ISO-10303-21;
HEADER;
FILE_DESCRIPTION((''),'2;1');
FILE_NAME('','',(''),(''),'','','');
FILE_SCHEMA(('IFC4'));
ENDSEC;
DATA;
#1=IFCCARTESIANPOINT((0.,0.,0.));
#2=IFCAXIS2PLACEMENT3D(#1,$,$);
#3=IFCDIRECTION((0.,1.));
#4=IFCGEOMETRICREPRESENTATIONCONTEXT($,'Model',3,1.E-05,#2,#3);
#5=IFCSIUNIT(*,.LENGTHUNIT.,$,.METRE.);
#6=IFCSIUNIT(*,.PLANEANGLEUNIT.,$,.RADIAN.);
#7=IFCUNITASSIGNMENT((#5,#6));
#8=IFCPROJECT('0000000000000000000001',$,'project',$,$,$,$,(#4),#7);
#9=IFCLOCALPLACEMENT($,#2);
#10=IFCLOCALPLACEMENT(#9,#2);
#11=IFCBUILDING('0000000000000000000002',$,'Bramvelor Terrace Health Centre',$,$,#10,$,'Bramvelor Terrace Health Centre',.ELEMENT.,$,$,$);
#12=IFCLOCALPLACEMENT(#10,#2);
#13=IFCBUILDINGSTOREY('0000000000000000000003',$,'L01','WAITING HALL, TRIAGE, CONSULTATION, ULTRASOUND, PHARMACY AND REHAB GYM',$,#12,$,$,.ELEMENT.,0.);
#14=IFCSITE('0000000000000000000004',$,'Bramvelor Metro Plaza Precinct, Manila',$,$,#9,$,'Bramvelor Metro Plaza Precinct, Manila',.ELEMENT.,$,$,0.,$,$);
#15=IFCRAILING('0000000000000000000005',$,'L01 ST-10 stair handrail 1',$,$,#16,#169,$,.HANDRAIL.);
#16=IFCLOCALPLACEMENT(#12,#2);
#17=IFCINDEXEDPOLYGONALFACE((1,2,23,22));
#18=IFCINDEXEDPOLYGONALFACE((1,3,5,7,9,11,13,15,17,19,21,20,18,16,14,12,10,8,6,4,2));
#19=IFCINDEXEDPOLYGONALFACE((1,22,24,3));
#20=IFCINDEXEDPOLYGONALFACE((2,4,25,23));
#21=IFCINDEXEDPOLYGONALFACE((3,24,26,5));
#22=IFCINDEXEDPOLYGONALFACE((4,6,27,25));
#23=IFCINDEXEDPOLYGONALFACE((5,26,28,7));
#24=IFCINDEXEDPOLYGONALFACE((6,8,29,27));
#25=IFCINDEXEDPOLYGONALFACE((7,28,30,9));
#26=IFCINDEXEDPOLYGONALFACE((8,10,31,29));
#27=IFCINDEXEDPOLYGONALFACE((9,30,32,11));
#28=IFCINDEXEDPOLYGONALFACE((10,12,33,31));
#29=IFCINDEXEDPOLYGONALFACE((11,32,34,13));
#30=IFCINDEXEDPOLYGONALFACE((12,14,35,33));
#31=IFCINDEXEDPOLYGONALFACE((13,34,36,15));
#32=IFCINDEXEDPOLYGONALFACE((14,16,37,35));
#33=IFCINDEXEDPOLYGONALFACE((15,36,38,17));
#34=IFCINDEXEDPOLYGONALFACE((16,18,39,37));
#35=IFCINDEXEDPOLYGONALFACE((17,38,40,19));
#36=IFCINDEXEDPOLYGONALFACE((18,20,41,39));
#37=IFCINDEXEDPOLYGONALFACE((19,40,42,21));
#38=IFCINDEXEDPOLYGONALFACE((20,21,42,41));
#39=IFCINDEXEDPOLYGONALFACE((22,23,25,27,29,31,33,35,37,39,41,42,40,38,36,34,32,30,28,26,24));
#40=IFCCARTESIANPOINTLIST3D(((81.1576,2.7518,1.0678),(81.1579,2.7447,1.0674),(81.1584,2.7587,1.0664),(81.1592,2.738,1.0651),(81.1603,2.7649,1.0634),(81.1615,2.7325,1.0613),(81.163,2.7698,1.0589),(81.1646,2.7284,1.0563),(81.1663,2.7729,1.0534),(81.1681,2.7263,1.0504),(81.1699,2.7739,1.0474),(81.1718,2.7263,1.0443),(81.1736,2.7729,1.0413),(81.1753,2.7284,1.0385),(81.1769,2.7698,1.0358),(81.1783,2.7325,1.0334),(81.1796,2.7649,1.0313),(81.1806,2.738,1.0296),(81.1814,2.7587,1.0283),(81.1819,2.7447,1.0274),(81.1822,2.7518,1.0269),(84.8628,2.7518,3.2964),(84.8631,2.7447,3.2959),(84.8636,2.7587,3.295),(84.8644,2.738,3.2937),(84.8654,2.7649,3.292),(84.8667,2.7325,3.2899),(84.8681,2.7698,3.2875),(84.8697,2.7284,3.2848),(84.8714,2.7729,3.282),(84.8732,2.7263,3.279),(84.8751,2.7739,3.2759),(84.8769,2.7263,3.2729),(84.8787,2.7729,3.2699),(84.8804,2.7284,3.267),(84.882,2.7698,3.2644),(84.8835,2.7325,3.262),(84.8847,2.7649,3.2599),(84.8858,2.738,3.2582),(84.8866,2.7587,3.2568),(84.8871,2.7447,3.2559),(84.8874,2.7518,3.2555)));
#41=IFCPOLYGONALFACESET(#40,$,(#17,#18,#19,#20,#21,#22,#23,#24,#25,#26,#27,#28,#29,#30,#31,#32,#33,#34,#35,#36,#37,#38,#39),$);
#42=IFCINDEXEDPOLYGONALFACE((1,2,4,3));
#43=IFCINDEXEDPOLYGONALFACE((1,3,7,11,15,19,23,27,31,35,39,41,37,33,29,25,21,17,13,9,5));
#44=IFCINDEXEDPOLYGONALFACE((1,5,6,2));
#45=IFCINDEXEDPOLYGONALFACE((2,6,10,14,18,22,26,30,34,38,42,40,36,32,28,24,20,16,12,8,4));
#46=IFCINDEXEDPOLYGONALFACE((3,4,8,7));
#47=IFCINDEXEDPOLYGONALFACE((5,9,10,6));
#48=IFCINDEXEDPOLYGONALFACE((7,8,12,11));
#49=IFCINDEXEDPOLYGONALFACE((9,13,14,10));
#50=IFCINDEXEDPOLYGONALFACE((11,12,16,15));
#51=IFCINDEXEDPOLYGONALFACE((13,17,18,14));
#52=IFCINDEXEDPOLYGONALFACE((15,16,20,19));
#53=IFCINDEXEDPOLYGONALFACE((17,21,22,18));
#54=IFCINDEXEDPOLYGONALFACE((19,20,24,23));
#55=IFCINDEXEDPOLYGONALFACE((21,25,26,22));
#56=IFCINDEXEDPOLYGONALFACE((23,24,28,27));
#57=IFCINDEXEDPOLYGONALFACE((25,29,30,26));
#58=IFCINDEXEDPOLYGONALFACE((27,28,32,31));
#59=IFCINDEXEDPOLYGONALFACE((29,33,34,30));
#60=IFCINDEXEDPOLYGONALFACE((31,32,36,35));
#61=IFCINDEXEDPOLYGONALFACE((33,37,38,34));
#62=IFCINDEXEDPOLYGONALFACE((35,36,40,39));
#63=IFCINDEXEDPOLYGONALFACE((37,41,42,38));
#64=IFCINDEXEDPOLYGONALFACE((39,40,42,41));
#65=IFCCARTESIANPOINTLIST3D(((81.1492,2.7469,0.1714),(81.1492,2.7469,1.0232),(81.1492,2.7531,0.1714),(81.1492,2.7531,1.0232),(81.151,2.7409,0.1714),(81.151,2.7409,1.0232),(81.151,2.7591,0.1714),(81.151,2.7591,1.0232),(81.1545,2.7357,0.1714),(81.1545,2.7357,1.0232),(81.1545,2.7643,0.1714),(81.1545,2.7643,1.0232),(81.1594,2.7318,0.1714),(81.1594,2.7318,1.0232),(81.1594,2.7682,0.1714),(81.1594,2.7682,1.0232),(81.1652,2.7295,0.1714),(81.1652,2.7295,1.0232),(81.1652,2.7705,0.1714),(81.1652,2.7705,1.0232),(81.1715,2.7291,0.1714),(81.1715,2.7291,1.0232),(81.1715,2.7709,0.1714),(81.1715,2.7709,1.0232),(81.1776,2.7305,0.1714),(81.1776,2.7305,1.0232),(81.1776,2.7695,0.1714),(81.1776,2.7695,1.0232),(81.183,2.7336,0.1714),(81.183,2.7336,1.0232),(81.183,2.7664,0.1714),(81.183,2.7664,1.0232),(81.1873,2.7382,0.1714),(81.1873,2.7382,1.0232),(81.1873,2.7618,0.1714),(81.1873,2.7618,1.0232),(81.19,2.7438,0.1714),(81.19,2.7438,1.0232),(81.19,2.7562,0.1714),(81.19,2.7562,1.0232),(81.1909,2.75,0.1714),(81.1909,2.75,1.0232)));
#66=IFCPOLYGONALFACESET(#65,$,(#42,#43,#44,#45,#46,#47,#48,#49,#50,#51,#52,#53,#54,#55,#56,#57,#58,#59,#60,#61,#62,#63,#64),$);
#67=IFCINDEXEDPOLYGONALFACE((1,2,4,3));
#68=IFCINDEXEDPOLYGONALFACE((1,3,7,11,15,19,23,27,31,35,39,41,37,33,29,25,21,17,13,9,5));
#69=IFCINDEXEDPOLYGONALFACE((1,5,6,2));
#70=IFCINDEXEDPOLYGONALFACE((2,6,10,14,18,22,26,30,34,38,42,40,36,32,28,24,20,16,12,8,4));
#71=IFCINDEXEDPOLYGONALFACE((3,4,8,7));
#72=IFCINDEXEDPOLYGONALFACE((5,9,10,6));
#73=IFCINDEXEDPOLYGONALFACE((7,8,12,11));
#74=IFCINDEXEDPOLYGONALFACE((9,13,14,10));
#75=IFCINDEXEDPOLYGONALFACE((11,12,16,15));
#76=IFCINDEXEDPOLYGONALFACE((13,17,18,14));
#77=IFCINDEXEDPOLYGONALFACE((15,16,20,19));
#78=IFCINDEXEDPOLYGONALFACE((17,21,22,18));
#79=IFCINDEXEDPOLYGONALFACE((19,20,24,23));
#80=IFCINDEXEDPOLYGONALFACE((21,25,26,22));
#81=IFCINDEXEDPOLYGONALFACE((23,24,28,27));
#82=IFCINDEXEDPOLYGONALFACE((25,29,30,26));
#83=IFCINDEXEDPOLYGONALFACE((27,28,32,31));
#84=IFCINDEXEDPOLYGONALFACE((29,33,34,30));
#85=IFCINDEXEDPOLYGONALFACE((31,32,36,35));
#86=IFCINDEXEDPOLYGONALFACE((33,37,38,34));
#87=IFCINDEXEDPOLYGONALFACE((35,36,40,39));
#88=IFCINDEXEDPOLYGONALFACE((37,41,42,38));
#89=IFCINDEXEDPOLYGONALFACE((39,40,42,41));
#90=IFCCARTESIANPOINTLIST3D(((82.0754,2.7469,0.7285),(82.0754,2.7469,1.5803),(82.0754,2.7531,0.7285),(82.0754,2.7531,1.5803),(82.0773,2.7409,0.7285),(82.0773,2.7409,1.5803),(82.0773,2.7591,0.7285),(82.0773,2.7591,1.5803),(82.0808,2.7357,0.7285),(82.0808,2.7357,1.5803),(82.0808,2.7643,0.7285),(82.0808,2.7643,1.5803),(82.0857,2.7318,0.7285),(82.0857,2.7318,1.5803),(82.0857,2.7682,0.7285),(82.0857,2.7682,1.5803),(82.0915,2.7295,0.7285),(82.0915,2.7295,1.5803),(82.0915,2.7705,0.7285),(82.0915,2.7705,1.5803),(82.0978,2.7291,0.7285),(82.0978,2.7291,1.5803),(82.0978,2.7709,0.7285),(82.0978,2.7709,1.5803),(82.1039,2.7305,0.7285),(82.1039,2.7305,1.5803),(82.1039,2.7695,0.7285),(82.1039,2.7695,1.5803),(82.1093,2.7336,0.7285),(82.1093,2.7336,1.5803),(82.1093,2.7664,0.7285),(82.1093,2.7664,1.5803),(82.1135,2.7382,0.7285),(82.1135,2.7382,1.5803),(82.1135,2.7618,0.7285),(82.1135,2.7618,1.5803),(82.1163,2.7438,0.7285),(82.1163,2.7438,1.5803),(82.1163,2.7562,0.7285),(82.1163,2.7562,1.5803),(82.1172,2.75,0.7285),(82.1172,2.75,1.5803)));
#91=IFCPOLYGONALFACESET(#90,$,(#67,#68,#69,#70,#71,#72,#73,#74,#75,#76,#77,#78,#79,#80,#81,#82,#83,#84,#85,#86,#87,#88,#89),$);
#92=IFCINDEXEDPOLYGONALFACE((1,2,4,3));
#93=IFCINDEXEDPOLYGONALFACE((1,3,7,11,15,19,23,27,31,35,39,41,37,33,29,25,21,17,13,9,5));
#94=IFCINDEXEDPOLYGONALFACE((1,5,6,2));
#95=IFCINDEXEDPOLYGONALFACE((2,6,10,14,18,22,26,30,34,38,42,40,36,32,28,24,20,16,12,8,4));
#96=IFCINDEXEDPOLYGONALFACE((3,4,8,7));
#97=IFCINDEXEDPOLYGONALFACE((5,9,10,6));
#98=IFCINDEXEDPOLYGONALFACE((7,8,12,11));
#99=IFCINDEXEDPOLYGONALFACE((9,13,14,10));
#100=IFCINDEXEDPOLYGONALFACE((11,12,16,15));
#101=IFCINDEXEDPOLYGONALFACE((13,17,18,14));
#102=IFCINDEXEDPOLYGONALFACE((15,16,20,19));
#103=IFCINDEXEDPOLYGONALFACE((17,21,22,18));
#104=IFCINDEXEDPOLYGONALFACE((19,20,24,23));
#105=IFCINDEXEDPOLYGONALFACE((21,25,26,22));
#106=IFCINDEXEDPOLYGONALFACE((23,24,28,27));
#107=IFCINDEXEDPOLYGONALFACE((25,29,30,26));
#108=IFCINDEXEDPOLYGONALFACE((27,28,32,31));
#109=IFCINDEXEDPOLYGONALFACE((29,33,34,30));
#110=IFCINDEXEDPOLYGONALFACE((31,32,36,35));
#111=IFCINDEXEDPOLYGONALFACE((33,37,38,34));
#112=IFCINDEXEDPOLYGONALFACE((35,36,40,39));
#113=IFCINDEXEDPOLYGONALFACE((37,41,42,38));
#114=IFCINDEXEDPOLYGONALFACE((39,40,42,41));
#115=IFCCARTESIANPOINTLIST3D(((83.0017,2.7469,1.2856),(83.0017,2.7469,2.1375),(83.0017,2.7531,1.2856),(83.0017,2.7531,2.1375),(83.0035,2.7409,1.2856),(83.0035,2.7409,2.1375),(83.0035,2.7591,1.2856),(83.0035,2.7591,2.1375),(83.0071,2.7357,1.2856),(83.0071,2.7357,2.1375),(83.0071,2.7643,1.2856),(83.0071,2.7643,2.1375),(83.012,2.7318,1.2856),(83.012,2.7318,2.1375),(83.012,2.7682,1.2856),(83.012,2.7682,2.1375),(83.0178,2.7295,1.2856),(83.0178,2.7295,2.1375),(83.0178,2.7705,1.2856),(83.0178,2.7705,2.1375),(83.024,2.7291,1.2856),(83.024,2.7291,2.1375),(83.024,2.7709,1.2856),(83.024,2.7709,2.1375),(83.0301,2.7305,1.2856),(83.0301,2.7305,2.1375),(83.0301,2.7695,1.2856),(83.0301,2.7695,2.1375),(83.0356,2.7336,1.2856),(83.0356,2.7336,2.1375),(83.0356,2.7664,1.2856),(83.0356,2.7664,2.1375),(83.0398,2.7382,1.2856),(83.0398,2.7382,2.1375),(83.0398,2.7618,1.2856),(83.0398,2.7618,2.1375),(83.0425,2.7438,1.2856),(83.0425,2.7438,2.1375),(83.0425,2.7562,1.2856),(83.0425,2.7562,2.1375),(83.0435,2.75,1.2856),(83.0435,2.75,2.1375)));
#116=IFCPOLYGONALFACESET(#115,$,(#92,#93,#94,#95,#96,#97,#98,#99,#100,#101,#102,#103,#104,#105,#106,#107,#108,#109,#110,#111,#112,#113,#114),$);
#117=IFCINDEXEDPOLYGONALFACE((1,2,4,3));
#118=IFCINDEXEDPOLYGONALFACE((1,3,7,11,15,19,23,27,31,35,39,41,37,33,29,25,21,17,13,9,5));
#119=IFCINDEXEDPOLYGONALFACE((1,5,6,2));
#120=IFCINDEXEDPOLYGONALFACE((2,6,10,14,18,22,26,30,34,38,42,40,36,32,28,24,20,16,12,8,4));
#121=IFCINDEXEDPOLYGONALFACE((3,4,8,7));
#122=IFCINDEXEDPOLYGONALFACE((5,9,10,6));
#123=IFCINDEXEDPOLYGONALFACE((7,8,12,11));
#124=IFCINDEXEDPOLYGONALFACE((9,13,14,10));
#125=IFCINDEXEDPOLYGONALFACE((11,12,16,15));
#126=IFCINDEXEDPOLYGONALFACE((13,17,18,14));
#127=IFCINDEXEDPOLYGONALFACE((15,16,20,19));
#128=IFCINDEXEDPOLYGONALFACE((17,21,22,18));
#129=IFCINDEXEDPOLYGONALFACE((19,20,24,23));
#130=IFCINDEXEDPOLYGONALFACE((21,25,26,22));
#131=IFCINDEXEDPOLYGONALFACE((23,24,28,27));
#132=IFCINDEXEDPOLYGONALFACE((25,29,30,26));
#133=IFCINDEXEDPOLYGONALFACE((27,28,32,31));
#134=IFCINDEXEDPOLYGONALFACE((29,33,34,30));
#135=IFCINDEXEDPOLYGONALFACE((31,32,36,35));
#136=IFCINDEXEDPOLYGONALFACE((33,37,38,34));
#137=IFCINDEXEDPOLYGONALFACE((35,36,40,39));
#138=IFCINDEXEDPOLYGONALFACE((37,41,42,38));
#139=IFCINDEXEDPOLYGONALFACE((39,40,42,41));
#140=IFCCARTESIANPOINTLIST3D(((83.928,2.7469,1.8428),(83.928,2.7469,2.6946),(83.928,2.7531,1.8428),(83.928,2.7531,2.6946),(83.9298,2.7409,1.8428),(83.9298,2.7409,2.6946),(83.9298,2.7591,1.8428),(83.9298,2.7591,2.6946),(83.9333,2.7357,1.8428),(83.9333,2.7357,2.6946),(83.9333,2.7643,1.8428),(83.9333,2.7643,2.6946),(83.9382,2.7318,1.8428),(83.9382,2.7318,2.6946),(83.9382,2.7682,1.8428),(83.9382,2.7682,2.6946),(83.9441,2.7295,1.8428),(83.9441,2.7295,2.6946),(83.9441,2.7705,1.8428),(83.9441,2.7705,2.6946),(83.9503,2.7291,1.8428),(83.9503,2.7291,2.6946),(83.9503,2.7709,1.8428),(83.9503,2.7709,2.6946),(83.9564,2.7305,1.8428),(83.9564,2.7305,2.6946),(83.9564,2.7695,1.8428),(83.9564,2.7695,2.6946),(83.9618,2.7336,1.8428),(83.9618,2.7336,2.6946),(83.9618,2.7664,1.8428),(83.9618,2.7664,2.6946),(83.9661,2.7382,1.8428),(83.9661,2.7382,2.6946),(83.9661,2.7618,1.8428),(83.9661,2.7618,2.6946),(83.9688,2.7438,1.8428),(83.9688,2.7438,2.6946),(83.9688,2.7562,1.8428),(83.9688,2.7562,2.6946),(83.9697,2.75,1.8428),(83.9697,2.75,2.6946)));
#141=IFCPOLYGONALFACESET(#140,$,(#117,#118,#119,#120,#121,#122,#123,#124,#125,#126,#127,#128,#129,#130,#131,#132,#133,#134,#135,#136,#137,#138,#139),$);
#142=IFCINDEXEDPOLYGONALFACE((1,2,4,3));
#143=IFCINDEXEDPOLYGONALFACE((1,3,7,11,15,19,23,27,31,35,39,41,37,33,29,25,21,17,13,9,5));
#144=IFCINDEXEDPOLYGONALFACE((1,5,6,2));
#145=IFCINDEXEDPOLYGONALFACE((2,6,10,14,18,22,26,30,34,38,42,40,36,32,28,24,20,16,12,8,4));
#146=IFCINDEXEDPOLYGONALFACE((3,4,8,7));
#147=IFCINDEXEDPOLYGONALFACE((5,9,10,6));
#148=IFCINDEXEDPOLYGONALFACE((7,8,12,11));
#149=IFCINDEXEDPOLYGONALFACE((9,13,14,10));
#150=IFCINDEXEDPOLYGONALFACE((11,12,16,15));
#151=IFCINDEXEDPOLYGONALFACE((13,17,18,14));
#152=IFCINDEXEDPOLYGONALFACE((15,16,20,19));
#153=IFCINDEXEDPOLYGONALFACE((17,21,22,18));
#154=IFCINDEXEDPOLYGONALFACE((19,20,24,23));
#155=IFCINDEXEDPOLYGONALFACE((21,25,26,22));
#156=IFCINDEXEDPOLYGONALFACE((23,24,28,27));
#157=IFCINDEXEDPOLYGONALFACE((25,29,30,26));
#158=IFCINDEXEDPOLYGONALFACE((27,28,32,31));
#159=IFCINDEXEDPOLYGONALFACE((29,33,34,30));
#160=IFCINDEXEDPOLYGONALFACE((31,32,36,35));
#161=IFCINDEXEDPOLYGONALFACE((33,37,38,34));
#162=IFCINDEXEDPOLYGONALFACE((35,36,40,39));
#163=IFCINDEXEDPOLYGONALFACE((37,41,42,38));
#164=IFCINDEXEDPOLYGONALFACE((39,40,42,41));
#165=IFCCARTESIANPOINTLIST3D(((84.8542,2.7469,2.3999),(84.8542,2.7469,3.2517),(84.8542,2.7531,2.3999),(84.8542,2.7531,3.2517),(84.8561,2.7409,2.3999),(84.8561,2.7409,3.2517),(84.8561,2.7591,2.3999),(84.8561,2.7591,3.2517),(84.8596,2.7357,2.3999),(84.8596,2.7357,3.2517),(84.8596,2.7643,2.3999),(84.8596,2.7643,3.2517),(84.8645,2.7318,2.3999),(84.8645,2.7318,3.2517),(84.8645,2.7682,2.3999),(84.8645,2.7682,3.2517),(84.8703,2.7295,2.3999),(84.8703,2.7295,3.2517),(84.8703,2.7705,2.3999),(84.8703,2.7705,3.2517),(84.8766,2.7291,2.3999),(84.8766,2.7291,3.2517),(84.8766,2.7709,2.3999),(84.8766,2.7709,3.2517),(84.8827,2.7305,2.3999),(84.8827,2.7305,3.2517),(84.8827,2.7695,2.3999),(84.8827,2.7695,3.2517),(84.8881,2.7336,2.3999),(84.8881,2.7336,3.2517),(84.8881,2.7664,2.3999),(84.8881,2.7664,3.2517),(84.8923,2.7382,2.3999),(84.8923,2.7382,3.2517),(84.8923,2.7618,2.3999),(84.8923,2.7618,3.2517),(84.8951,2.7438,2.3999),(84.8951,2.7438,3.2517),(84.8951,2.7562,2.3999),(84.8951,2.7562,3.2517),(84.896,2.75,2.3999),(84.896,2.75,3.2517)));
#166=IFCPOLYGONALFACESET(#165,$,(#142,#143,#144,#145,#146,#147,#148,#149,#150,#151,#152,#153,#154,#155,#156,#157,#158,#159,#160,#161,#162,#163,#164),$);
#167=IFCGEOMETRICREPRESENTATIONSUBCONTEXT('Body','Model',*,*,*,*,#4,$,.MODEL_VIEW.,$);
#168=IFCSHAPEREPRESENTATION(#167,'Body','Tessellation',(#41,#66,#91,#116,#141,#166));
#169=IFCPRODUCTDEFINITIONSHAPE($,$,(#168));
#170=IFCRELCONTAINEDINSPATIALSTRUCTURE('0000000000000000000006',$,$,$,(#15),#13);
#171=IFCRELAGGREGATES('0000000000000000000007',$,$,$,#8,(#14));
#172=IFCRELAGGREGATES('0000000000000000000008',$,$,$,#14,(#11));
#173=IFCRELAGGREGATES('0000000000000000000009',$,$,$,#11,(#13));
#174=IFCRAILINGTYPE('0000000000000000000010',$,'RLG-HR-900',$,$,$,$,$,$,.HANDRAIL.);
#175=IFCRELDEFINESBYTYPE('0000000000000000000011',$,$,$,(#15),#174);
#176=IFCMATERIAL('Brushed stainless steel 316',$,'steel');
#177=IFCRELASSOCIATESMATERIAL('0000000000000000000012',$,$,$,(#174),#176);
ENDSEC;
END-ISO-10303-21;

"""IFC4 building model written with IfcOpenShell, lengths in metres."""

from ifc_helpers import new_model, si_unit, direction, frame, origin, origin_2d, place, context, subcontext, project, spatial, circle, extrude, material, type_object, element, save


model = new_model("IFC4")

# Units and contexts
model_context = context("Model", 3, precision=1e-05, world=origin(), true_north=direction((0.0, 1.0)))
body_context = subcontext(model_context, "Body", "Model", "MODEL_VIEW")
ifc_project = project(units=[si_unit("LENGTHUNIT", "METRE"), si_unit("PLANEANGLEUNIT", "RADIAN")], contexts=[model_context])

# Site, building, storey
site_placement = place(None, origin())
site = spatial("IfcSite", under=ifc_project, at=site_placement, Name="Bramvelor Metro Plaza Precinct, Manila", LongName="Bramvelor Metro Plaza Precinct, Manila", CompositionType="ELEMENT", RefElevation=0.0)
building_placement = place(site_placement, origin())
building = spatial("IfcBuilding", under=site, at=building_placement, Name="Bramvelor Terrace Health Centre", LongName="Bramvelor Terrace Health Centre", CompositionType="ELEMENT")
storey_placement = place(building_placement, origin())
storey = spatial("IfcBuildingStorey", under=building, at=storey_placement, Name="L01", Description="WAITING HALL, TRIAGE, CONSULTATION, ULTRASOUND, PHARMACY AND REHAB GYM", CompositionType="ELEMENT", Elevation=0.0)

# Railing
ifc_material_1 = material(Name="Brushed stainless steel 316", Category="steel")
railing_type_1 = type_object("IfcRailingType", Name="RLG-HR-900", PredefinedType="HANDRAIL", material=ifc_material_1)
railing_1_placement = place(storey_placement, frame((81.1699, 2.75, 0.1714)))
element("IfcRailing", 1, at=railing_1_placement, inside=storey, type_object=railing_type_1, Name="L01 ST-10 stair handrail 1", PredefinedType="HANDRAIL", context=body_context, shape_type="SweptSolid", body=[
    extrude(circle(Radius=0.0239, at=origin_2d()), frame((0.0, 0.0, 0.876), z_axis=(0.856934, 0.0, 0.515425), x_axis=(0.0, 1.0, 0.0)), (0.0, 0.0, 1.0), 4.3237),
    extrude(circle(Radius=0.021, at=origin_2d()), origin(), (0.0, 0.0, 1.0), 0.8518),
    extrude(circle(Radius=0.021, at=origin_2d()), frame((0.9263, 0.0, 0.5571)), (0.0, 0.0, 1.0), 0.8518),
    extrude(circle(Radius=0.021, at=origin_2d()), frame((1.8525, 0.0, 1.1143)), (0.0, 0.0, 1.0), 0.8518),
    extrude(circle(Radius=0.021, at=origin_2d()), frame((2.7788, 0.0, 1.6714)), (0.0, 0.0, 1.0), 0.8518),
    extrude(circle(Radius=0.021, at=origin_2d()), frame((3.7051, 0.0, 2.2285)), (0.0, 0.0, 1.0), 0.8518),
])

save(model, "model.ifc")
